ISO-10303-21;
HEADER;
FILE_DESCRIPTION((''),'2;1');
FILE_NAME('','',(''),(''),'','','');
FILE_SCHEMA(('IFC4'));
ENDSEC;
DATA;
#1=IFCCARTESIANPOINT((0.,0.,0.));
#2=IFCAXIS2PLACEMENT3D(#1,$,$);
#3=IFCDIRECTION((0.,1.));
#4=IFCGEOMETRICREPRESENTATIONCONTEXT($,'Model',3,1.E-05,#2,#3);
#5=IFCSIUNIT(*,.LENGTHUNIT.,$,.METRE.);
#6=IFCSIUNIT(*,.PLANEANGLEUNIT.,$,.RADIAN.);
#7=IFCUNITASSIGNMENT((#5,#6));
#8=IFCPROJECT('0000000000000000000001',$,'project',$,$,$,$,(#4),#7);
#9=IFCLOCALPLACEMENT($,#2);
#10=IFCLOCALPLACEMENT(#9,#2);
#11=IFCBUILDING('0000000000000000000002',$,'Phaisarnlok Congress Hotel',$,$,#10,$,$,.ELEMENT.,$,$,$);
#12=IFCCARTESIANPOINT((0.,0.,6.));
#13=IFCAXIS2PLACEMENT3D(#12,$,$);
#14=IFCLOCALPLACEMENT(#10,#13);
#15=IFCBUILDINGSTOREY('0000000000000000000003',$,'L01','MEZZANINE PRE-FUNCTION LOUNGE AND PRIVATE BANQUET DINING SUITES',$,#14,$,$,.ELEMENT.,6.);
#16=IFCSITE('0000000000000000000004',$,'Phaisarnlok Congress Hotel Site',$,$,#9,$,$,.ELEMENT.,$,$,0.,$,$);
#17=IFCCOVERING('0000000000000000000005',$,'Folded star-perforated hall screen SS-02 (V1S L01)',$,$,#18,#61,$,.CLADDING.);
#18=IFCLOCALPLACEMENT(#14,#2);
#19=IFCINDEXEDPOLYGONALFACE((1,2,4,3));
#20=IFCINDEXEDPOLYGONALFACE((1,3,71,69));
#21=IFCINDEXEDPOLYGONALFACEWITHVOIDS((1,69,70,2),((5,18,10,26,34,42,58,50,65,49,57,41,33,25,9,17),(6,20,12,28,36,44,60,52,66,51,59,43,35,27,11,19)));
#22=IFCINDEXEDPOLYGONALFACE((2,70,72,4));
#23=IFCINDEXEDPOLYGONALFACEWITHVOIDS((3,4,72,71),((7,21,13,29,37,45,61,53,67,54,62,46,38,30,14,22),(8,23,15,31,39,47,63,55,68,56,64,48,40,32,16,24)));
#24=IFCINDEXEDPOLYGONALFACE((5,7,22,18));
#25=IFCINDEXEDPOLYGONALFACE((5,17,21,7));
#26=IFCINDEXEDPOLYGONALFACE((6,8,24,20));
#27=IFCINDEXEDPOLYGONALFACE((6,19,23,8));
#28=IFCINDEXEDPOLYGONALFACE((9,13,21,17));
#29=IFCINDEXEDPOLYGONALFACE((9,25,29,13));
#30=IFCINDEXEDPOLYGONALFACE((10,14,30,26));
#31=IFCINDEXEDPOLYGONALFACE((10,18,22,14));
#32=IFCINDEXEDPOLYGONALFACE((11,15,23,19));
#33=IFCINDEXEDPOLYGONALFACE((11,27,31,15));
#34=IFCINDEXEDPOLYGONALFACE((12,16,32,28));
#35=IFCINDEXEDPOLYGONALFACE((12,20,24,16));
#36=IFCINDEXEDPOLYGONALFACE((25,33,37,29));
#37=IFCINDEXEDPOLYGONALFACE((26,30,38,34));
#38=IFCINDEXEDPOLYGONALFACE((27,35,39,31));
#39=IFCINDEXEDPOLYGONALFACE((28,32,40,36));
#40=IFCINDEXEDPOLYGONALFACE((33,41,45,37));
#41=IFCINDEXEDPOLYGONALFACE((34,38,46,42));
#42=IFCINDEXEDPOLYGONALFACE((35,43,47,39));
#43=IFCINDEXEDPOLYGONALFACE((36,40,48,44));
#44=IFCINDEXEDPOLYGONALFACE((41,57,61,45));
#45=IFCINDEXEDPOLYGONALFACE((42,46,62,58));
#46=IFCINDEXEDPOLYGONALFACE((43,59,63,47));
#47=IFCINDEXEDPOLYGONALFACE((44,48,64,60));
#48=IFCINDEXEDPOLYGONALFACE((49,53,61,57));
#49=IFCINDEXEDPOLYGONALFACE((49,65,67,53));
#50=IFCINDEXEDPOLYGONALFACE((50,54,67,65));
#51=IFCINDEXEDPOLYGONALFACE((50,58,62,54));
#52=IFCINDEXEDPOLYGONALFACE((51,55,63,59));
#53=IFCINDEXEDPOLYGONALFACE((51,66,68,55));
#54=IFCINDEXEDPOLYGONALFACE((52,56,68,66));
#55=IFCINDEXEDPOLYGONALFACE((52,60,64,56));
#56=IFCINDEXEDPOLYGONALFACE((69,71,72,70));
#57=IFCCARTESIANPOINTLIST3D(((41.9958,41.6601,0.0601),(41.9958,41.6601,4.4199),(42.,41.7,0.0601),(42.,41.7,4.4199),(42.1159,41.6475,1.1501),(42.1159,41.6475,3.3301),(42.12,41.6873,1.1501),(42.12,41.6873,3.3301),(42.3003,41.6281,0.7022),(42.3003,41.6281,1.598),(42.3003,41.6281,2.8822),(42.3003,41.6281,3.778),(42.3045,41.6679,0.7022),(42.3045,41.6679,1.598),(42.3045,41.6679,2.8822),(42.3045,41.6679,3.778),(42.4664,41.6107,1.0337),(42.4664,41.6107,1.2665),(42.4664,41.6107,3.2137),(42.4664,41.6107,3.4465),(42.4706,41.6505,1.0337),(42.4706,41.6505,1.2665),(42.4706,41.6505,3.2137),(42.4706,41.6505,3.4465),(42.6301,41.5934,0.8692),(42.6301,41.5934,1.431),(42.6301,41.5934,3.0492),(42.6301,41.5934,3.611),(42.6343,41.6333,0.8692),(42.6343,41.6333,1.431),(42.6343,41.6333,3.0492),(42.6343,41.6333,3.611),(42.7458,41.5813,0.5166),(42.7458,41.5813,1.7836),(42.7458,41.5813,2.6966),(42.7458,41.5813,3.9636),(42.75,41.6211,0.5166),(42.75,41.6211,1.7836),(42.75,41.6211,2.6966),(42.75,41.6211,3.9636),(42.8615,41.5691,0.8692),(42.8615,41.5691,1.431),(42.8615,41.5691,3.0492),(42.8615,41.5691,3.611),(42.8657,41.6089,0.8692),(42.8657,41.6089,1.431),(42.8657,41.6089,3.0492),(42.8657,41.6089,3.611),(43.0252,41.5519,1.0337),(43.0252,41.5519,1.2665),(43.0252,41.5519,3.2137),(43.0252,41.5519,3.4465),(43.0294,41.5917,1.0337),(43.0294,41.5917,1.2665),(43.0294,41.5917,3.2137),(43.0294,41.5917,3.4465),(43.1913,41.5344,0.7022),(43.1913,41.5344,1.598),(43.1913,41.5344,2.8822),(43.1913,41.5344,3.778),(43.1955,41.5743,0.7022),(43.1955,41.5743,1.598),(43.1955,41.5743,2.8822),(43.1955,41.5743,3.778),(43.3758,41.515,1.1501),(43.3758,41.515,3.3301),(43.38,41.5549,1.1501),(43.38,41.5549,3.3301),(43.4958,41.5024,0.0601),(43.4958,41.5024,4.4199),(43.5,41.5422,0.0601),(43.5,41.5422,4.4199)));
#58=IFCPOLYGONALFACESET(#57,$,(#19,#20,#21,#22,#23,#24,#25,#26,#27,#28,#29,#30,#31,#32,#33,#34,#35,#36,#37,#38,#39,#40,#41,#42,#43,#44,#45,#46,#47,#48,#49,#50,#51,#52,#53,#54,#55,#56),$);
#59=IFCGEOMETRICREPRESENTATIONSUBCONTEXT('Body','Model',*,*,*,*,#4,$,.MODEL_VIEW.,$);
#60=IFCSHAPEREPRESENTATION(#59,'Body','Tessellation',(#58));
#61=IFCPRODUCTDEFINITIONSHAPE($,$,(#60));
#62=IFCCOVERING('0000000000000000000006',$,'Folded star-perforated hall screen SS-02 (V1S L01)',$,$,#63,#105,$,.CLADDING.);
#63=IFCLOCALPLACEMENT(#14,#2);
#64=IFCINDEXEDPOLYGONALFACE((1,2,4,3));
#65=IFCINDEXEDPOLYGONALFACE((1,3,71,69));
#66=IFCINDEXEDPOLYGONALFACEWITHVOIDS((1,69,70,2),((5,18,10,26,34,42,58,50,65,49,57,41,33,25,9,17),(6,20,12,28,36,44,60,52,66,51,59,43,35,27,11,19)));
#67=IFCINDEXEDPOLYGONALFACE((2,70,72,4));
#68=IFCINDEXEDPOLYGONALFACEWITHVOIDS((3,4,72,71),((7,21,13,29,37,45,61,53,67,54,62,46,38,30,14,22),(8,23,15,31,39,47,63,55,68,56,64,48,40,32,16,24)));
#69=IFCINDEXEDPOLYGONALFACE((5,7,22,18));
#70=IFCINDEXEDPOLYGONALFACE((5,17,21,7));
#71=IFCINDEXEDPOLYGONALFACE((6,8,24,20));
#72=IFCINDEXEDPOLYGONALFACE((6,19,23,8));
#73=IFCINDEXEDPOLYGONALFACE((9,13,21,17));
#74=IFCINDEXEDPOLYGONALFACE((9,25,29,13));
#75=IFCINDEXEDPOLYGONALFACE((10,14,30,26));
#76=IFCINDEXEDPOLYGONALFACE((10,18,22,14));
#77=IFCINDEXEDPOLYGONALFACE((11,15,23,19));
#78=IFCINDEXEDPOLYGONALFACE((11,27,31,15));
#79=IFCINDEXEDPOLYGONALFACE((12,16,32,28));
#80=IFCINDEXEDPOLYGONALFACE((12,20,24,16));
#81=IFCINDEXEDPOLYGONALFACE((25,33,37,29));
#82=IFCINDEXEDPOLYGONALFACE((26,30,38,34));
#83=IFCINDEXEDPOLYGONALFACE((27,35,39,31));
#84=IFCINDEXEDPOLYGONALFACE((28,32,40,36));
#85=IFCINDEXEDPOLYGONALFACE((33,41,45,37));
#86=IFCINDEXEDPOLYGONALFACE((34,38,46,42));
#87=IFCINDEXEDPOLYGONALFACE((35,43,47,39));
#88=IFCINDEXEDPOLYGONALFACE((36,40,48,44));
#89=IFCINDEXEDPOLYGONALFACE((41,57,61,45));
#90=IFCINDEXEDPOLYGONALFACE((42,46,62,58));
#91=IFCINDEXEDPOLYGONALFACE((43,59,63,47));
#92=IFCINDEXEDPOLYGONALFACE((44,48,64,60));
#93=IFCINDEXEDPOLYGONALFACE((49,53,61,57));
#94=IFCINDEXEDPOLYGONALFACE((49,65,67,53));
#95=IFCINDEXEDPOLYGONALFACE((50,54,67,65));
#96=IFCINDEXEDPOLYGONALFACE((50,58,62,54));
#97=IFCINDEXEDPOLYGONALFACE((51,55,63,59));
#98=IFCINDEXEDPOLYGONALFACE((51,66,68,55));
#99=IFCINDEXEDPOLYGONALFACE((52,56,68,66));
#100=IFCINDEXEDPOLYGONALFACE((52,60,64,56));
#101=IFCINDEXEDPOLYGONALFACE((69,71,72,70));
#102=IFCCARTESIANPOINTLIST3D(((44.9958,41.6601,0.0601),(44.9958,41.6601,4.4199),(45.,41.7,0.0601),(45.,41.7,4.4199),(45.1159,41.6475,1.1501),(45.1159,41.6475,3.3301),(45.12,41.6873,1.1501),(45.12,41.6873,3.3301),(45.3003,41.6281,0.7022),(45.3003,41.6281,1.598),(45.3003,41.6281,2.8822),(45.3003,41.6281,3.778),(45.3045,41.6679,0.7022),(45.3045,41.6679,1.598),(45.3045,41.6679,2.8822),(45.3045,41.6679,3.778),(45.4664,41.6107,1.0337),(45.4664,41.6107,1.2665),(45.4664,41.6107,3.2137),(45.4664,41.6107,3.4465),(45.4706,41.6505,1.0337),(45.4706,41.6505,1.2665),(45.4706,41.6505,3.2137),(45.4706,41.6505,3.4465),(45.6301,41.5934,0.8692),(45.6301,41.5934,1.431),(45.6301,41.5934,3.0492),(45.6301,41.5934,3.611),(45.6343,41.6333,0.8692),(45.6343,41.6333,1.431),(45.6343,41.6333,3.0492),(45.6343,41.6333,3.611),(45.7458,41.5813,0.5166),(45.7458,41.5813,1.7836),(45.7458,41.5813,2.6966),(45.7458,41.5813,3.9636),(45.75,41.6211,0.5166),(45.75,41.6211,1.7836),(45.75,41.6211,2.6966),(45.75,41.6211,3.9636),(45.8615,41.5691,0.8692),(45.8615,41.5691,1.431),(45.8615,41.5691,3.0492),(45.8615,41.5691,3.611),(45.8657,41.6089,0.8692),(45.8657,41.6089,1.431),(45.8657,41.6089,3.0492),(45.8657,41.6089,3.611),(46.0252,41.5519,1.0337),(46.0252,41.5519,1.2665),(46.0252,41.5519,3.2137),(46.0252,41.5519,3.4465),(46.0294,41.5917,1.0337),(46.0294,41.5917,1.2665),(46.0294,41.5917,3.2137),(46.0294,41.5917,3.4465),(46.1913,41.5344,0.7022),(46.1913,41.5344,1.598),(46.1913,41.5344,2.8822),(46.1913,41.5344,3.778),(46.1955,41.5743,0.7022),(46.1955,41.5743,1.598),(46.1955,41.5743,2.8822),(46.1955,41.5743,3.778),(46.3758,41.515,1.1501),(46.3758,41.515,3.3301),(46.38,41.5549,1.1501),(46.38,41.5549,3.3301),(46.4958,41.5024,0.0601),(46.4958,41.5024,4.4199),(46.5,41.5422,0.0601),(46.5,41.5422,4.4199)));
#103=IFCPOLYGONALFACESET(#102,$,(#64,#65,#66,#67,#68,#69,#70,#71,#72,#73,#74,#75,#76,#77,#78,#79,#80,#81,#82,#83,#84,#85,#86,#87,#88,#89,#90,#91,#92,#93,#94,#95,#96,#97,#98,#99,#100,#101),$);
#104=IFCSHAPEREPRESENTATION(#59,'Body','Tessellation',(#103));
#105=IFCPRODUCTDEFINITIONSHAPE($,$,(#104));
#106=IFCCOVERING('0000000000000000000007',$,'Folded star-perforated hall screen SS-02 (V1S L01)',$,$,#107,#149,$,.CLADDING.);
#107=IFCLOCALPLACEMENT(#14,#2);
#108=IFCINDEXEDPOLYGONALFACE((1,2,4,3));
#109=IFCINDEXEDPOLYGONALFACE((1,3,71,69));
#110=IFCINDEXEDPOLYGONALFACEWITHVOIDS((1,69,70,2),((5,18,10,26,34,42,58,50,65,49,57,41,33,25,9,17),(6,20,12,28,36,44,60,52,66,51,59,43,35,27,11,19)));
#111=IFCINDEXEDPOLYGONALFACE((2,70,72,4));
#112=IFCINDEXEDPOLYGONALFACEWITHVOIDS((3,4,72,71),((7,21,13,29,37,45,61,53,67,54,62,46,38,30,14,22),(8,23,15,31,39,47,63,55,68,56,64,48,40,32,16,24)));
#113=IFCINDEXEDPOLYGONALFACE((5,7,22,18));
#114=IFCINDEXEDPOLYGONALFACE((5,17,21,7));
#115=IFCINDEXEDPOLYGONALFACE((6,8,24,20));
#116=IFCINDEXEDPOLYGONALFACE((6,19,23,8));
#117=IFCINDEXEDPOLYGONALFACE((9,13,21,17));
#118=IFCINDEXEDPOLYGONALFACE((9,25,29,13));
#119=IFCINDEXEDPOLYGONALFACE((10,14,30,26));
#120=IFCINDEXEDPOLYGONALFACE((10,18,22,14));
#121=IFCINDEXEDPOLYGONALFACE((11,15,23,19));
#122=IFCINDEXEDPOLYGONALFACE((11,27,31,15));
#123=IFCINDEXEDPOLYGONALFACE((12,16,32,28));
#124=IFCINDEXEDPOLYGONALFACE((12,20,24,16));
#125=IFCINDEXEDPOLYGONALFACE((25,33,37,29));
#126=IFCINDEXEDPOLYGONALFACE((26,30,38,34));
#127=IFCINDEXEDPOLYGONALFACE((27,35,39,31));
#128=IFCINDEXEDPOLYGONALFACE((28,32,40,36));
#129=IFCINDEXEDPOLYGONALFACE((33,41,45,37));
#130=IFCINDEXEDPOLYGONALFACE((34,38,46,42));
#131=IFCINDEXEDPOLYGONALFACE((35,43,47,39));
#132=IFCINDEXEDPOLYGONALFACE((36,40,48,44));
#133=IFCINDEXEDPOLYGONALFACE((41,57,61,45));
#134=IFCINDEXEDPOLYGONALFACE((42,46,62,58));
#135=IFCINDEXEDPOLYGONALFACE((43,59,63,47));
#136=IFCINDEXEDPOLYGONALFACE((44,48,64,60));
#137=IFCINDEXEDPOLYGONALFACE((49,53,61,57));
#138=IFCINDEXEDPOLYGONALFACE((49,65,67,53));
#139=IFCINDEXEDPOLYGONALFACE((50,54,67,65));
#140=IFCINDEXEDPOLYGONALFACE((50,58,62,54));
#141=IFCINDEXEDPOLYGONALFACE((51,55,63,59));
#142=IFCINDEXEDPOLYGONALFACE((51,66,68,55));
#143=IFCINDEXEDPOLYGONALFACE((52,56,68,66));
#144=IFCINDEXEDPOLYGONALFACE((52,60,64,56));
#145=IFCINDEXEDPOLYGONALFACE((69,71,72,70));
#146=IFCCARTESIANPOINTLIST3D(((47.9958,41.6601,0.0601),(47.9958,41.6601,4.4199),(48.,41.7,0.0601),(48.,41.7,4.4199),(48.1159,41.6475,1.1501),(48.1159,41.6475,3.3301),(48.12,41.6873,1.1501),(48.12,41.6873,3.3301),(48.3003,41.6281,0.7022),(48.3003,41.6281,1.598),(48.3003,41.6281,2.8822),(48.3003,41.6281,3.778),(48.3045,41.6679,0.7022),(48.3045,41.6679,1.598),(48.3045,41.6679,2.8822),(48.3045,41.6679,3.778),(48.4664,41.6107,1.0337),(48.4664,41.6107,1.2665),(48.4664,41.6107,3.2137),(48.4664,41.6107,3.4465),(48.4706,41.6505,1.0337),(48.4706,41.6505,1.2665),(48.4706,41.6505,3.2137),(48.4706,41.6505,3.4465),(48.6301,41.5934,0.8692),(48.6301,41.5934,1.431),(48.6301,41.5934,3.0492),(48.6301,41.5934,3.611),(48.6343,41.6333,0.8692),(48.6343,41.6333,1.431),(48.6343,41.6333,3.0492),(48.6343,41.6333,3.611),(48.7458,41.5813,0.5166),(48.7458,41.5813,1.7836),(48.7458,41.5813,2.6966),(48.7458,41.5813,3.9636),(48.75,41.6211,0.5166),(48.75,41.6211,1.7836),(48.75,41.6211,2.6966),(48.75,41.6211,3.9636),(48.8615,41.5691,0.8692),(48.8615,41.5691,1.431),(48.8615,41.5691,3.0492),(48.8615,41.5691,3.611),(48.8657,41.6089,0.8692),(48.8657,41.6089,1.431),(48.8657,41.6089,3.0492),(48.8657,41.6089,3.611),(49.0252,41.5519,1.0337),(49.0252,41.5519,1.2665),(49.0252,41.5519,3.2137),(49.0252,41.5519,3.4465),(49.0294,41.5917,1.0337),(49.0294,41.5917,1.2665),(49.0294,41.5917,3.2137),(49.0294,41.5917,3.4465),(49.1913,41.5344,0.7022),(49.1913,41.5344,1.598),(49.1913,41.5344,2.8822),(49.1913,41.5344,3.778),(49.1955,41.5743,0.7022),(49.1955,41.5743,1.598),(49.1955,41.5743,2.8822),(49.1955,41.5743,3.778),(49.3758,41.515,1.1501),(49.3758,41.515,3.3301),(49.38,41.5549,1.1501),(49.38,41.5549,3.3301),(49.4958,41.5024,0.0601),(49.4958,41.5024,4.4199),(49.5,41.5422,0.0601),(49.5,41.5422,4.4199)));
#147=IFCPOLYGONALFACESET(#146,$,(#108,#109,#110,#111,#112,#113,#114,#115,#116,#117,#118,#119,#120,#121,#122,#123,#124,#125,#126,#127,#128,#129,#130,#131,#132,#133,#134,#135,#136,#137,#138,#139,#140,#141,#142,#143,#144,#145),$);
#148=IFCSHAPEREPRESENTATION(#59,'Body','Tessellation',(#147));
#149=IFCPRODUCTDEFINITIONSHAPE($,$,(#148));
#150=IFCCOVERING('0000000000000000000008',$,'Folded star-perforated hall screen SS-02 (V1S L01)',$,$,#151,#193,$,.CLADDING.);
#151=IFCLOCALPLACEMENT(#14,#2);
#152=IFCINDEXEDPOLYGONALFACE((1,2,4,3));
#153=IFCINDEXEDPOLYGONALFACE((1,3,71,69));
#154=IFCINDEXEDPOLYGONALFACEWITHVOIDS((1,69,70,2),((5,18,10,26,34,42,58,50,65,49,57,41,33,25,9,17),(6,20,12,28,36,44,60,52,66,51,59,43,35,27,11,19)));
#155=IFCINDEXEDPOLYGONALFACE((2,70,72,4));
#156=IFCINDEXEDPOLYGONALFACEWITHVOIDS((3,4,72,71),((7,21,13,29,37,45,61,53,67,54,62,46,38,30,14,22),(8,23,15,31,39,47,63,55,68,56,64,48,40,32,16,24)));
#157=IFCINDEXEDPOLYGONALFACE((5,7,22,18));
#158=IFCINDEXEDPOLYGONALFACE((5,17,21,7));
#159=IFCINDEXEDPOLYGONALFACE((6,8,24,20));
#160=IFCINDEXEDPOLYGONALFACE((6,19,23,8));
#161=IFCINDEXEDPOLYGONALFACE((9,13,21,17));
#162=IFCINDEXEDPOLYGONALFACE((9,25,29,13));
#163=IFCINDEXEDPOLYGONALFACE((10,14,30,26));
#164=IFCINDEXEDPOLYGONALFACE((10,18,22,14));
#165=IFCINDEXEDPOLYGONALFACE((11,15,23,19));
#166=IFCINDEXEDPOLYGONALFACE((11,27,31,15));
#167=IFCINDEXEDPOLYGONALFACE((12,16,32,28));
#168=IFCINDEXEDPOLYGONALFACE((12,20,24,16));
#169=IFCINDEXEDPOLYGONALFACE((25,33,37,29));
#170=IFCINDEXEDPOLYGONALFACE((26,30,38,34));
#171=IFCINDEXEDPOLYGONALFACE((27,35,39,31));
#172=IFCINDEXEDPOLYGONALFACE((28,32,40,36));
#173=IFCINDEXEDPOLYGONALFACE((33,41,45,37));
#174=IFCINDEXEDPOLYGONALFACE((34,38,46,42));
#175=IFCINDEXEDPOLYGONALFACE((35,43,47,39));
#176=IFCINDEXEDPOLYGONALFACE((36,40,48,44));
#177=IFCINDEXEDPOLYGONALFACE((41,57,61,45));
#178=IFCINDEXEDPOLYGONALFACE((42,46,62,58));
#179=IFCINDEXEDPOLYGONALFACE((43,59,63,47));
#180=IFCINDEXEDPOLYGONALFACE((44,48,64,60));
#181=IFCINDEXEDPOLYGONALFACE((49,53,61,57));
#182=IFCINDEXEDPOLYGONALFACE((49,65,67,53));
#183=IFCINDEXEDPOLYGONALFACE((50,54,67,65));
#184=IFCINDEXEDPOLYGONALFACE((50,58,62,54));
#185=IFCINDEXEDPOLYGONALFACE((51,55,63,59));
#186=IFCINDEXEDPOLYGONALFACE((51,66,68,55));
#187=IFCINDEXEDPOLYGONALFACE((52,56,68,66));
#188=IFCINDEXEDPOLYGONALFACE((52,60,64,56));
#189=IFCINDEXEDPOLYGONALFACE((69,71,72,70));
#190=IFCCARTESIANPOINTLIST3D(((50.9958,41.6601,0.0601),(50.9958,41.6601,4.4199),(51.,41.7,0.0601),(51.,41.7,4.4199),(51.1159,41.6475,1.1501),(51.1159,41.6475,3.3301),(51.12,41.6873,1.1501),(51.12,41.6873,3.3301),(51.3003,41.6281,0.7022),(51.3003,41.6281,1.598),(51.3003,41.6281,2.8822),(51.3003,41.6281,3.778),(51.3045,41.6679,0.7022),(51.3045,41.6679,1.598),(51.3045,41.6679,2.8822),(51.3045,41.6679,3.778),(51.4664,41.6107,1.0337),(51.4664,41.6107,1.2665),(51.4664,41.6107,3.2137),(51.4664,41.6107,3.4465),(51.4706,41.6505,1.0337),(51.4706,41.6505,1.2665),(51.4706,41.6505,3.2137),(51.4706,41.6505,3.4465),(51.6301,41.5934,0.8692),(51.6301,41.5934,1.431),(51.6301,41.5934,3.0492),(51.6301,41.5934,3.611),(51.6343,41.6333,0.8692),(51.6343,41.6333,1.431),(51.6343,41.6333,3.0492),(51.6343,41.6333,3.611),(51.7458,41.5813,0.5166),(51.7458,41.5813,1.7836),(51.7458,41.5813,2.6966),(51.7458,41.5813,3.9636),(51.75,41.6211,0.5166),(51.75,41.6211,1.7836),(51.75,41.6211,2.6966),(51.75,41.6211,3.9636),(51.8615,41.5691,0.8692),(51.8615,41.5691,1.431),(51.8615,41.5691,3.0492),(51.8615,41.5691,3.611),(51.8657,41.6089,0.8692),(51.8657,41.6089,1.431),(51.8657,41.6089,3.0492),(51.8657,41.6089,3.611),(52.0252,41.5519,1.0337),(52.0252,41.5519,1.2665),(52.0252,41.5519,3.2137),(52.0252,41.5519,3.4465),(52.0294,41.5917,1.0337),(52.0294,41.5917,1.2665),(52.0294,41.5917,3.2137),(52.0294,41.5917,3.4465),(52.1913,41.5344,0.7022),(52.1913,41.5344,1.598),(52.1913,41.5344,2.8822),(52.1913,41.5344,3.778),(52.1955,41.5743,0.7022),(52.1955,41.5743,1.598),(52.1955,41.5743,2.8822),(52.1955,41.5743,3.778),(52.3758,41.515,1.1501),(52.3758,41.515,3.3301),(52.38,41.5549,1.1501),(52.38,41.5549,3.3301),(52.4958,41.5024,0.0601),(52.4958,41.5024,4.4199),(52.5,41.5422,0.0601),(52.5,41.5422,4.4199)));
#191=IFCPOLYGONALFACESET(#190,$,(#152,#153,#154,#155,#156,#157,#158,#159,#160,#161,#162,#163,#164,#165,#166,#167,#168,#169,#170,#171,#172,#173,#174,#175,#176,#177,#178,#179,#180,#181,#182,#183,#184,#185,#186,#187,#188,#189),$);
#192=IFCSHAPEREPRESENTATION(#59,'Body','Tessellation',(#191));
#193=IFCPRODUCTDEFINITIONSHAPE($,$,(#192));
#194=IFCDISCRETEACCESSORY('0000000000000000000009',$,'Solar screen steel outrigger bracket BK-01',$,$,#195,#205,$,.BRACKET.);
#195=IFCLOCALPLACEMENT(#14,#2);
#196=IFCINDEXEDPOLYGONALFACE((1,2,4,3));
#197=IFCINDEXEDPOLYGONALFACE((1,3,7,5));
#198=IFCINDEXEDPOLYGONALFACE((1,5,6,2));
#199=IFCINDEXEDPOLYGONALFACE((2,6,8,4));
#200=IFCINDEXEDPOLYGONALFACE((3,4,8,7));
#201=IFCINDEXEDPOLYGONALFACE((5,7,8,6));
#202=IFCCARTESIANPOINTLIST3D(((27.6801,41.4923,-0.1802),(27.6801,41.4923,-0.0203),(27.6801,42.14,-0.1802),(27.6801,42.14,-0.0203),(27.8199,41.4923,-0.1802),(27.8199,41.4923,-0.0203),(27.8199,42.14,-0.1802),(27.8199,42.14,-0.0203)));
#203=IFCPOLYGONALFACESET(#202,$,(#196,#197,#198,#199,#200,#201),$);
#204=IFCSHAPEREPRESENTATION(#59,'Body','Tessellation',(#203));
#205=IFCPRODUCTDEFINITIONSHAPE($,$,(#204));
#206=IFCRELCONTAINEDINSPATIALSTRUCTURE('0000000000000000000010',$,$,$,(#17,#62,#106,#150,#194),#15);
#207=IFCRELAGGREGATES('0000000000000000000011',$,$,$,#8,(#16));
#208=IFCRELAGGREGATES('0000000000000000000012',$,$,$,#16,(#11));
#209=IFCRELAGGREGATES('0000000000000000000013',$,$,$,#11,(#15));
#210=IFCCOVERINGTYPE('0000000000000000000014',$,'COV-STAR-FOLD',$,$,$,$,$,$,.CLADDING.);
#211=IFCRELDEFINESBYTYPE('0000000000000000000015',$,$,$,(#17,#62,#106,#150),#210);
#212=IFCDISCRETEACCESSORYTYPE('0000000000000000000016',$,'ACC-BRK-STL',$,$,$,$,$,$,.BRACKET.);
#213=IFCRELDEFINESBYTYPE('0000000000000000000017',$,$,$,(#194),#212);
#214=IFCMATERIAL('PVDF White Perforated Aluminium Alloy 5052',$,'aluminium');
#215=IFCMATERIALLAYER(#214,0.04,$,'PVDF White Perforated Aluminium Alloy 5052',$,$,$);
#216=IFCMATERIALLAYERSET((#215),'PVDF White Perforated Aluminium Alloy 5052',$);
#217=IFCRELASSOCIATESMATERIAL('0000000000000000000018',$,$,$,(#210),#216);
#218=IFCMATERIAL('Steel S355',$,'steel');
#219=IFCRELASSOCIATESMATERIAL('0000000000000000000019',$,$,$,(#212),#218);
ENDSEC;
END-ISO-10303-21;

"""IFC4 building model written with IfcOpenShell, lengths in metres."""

from ifc_helpers import new_model, si_unit, direction, frame, origin, origin_2d, place, context, subcontext, project, spatial, polyline, rectangle, outline, extrude, material, layer, layer_set, type_object, element, save


model = new_model("IFC4")

# Units and contexts
model_context = context("Model", 3, precision=1e-05, world=origin(), true_north=direction((0.0, 1.0)))
body_context = subcontext(model_context, "Body", "Model", "MODEL_VIEW")
ifc_project = project(units=[si_unit("LENGTHUNIT", "METRE"), si_unit("PLANEANGLEUNIT", "RADIAN")], contexts=[model_context])

# Site, building, storey
site_placement = place(None, origin())
site = spatial("IfcSite", under=ifc_project, at=site_placement, Name="Phaisarnlok Congress Hotel Site", CompositionType="ELEMENT", RefElevation=0.0)
building_placement = place(site_placement, origin())
building = spatial("IfcBuilding", under=site, at=building_placement, Name="Phaisarnlok Congress Hotel", CompositionType="ELEMENT")
storey_placement = place(building_placement, frame((0.0, 0.0, 6.0)))
storey = spatial("IfcBuildingStorey", under=building, at=storey_placement, Name="L01", Description="MEZZANINE PRE-FUNCTION LOUNGE AND PRIVATE BANQUET DINING SUITES", CompositionType="ELEMENT", Elevation=6.0)

# Coverings
ifc_material_1 = material(Name="PVDF White Perforated Aluminium Alloy 5052", Category="aluminium")
ifc_layer = layer(ifc_material_1, 0.04, Name="PVDF White Perforated Aluminium Alloy 5052")
ifc_layer_set = layer_set([ifc_layer], Name="PVDF White Perforated Aluminium Alloy 5052")
covering_type = type_object("IfcCoveringType", Name="COV-STAR-FOLD", PredefinedType="CLADDING", material=ifc_layer_set)
for number, where, z_axis, x_axis, name in (
    (1, (42.0, 41.7, 0.0601), (-0.104567, -0.994518, 0.0), (0.994518, -0.104567, 0.0), "Folded star-perforated hall screen SS-02 (V1S L01)"),
    (2, (45.0, 41.7, 0.0601), (-0.104567, -0.994518, 0.0), (0.994518, -0.104567, 0.0), "Folded star-perforated hall screen SS-02 (V1S L01)"),
    (3, (48.0, 41.7, 0.0601), (-0.104567, -0.994518, 0.0), (0.994518, -0.104567, 0.0), "Folded star-perforated hall screen SS-02 (V1S L01)"),
    (4, (51.0, 41.7, 0.0601), (-0.104567, -0.994518, 0.0), (0.994518, -0.104567, 0.0), "Folded star-perforated hall screen SS-02 (V1S L01)"),
):
    element("IfcCovering", number, at=place(storey_placement, frame(where, z_axis=z_axis, x_axis=x_axis)), inside=storey, type_object=covering_type, Name=name, PredefinedType="CLADDING", context=body_context, shape_type="SweptSolid", body=[
        extrude(outline(polyline([(0.0, 0.0), (1.5083, 0.0), (1.5083, 4.3599), (0.0, 4.3599), (0.0, 0.0)]), holes=[polyline([(1.0351, 0.9736), (1.2021, 0.6421), (0.8705, 0.8091), (0.7541, 0.4565), (0.6378, 0.8091), (0.3062, 0.6421), (0.4732, 0.9736), (0.1207, 1.09), (0.4732, 1.2064), (0.3062, 1.5379), (0.6378, 1.3709), (0.7541, 1.7235), (0.8705, 1.3709), (1.2021, 1.5379), (1.0351, 1.2064), (1.3876, 1.09), (1.0351, 0.9736)]), polyline([(1.0351, 3.1536), (1.2021, 2.8221), (0.8705, 2.9891), (0.7541, 2.6365), (0.6378, 2.9891), (0.3062, 2.8221), (0.4732, 3.1536), (0.1207, 3.27), (0.4732, 3.3864), (0.3062, 3.7179), (0.6378, 3.5509), (0.7541, 3.9035), (0.8705, 3.5509), (1.2021, 3.7179), (1.0351, 3.3864), (1.3876, 3.27), (1.0351, 3.1536)])]), origin(), (0.0, 0.0, 1.0), 0.04),
    ])

# Discrete accessory
ifc_material_2 = material(Name="Steel S355", Category="steel")
discrete_accessory_type = type_object("IfcDiscreteAccessoryType", Name="ACC-BRK-STL", PredefinedType="BRACKET", material=ifc_material_2)
for number, where, z_axis, x_axis, name in (
    (5, (27.75, 41.8162, -0.1802), (0.0, 0.0, 1.0), (1.0, 0.0, 0.0), "Solar screen steel outrigger bracket BK-01"),
):
    element("IfcDiscreteAccessory", number, at=place(storey_placement, frame(where, z_axis=z_axis, x_axis=x_axis)), inside=storey, type_object=discrete_accessory_type, Name=name, PredefinedType="BRACKET", context=body_context, shape_type="SweptSolid", body=[
        extrude(rectangle(XDim=0.1399, YDim=0.6477, at=origin_2d()), origin(), (0.0, 0.0, 1.0), 0.1599),
    ])

save(model, "model.ifc")
